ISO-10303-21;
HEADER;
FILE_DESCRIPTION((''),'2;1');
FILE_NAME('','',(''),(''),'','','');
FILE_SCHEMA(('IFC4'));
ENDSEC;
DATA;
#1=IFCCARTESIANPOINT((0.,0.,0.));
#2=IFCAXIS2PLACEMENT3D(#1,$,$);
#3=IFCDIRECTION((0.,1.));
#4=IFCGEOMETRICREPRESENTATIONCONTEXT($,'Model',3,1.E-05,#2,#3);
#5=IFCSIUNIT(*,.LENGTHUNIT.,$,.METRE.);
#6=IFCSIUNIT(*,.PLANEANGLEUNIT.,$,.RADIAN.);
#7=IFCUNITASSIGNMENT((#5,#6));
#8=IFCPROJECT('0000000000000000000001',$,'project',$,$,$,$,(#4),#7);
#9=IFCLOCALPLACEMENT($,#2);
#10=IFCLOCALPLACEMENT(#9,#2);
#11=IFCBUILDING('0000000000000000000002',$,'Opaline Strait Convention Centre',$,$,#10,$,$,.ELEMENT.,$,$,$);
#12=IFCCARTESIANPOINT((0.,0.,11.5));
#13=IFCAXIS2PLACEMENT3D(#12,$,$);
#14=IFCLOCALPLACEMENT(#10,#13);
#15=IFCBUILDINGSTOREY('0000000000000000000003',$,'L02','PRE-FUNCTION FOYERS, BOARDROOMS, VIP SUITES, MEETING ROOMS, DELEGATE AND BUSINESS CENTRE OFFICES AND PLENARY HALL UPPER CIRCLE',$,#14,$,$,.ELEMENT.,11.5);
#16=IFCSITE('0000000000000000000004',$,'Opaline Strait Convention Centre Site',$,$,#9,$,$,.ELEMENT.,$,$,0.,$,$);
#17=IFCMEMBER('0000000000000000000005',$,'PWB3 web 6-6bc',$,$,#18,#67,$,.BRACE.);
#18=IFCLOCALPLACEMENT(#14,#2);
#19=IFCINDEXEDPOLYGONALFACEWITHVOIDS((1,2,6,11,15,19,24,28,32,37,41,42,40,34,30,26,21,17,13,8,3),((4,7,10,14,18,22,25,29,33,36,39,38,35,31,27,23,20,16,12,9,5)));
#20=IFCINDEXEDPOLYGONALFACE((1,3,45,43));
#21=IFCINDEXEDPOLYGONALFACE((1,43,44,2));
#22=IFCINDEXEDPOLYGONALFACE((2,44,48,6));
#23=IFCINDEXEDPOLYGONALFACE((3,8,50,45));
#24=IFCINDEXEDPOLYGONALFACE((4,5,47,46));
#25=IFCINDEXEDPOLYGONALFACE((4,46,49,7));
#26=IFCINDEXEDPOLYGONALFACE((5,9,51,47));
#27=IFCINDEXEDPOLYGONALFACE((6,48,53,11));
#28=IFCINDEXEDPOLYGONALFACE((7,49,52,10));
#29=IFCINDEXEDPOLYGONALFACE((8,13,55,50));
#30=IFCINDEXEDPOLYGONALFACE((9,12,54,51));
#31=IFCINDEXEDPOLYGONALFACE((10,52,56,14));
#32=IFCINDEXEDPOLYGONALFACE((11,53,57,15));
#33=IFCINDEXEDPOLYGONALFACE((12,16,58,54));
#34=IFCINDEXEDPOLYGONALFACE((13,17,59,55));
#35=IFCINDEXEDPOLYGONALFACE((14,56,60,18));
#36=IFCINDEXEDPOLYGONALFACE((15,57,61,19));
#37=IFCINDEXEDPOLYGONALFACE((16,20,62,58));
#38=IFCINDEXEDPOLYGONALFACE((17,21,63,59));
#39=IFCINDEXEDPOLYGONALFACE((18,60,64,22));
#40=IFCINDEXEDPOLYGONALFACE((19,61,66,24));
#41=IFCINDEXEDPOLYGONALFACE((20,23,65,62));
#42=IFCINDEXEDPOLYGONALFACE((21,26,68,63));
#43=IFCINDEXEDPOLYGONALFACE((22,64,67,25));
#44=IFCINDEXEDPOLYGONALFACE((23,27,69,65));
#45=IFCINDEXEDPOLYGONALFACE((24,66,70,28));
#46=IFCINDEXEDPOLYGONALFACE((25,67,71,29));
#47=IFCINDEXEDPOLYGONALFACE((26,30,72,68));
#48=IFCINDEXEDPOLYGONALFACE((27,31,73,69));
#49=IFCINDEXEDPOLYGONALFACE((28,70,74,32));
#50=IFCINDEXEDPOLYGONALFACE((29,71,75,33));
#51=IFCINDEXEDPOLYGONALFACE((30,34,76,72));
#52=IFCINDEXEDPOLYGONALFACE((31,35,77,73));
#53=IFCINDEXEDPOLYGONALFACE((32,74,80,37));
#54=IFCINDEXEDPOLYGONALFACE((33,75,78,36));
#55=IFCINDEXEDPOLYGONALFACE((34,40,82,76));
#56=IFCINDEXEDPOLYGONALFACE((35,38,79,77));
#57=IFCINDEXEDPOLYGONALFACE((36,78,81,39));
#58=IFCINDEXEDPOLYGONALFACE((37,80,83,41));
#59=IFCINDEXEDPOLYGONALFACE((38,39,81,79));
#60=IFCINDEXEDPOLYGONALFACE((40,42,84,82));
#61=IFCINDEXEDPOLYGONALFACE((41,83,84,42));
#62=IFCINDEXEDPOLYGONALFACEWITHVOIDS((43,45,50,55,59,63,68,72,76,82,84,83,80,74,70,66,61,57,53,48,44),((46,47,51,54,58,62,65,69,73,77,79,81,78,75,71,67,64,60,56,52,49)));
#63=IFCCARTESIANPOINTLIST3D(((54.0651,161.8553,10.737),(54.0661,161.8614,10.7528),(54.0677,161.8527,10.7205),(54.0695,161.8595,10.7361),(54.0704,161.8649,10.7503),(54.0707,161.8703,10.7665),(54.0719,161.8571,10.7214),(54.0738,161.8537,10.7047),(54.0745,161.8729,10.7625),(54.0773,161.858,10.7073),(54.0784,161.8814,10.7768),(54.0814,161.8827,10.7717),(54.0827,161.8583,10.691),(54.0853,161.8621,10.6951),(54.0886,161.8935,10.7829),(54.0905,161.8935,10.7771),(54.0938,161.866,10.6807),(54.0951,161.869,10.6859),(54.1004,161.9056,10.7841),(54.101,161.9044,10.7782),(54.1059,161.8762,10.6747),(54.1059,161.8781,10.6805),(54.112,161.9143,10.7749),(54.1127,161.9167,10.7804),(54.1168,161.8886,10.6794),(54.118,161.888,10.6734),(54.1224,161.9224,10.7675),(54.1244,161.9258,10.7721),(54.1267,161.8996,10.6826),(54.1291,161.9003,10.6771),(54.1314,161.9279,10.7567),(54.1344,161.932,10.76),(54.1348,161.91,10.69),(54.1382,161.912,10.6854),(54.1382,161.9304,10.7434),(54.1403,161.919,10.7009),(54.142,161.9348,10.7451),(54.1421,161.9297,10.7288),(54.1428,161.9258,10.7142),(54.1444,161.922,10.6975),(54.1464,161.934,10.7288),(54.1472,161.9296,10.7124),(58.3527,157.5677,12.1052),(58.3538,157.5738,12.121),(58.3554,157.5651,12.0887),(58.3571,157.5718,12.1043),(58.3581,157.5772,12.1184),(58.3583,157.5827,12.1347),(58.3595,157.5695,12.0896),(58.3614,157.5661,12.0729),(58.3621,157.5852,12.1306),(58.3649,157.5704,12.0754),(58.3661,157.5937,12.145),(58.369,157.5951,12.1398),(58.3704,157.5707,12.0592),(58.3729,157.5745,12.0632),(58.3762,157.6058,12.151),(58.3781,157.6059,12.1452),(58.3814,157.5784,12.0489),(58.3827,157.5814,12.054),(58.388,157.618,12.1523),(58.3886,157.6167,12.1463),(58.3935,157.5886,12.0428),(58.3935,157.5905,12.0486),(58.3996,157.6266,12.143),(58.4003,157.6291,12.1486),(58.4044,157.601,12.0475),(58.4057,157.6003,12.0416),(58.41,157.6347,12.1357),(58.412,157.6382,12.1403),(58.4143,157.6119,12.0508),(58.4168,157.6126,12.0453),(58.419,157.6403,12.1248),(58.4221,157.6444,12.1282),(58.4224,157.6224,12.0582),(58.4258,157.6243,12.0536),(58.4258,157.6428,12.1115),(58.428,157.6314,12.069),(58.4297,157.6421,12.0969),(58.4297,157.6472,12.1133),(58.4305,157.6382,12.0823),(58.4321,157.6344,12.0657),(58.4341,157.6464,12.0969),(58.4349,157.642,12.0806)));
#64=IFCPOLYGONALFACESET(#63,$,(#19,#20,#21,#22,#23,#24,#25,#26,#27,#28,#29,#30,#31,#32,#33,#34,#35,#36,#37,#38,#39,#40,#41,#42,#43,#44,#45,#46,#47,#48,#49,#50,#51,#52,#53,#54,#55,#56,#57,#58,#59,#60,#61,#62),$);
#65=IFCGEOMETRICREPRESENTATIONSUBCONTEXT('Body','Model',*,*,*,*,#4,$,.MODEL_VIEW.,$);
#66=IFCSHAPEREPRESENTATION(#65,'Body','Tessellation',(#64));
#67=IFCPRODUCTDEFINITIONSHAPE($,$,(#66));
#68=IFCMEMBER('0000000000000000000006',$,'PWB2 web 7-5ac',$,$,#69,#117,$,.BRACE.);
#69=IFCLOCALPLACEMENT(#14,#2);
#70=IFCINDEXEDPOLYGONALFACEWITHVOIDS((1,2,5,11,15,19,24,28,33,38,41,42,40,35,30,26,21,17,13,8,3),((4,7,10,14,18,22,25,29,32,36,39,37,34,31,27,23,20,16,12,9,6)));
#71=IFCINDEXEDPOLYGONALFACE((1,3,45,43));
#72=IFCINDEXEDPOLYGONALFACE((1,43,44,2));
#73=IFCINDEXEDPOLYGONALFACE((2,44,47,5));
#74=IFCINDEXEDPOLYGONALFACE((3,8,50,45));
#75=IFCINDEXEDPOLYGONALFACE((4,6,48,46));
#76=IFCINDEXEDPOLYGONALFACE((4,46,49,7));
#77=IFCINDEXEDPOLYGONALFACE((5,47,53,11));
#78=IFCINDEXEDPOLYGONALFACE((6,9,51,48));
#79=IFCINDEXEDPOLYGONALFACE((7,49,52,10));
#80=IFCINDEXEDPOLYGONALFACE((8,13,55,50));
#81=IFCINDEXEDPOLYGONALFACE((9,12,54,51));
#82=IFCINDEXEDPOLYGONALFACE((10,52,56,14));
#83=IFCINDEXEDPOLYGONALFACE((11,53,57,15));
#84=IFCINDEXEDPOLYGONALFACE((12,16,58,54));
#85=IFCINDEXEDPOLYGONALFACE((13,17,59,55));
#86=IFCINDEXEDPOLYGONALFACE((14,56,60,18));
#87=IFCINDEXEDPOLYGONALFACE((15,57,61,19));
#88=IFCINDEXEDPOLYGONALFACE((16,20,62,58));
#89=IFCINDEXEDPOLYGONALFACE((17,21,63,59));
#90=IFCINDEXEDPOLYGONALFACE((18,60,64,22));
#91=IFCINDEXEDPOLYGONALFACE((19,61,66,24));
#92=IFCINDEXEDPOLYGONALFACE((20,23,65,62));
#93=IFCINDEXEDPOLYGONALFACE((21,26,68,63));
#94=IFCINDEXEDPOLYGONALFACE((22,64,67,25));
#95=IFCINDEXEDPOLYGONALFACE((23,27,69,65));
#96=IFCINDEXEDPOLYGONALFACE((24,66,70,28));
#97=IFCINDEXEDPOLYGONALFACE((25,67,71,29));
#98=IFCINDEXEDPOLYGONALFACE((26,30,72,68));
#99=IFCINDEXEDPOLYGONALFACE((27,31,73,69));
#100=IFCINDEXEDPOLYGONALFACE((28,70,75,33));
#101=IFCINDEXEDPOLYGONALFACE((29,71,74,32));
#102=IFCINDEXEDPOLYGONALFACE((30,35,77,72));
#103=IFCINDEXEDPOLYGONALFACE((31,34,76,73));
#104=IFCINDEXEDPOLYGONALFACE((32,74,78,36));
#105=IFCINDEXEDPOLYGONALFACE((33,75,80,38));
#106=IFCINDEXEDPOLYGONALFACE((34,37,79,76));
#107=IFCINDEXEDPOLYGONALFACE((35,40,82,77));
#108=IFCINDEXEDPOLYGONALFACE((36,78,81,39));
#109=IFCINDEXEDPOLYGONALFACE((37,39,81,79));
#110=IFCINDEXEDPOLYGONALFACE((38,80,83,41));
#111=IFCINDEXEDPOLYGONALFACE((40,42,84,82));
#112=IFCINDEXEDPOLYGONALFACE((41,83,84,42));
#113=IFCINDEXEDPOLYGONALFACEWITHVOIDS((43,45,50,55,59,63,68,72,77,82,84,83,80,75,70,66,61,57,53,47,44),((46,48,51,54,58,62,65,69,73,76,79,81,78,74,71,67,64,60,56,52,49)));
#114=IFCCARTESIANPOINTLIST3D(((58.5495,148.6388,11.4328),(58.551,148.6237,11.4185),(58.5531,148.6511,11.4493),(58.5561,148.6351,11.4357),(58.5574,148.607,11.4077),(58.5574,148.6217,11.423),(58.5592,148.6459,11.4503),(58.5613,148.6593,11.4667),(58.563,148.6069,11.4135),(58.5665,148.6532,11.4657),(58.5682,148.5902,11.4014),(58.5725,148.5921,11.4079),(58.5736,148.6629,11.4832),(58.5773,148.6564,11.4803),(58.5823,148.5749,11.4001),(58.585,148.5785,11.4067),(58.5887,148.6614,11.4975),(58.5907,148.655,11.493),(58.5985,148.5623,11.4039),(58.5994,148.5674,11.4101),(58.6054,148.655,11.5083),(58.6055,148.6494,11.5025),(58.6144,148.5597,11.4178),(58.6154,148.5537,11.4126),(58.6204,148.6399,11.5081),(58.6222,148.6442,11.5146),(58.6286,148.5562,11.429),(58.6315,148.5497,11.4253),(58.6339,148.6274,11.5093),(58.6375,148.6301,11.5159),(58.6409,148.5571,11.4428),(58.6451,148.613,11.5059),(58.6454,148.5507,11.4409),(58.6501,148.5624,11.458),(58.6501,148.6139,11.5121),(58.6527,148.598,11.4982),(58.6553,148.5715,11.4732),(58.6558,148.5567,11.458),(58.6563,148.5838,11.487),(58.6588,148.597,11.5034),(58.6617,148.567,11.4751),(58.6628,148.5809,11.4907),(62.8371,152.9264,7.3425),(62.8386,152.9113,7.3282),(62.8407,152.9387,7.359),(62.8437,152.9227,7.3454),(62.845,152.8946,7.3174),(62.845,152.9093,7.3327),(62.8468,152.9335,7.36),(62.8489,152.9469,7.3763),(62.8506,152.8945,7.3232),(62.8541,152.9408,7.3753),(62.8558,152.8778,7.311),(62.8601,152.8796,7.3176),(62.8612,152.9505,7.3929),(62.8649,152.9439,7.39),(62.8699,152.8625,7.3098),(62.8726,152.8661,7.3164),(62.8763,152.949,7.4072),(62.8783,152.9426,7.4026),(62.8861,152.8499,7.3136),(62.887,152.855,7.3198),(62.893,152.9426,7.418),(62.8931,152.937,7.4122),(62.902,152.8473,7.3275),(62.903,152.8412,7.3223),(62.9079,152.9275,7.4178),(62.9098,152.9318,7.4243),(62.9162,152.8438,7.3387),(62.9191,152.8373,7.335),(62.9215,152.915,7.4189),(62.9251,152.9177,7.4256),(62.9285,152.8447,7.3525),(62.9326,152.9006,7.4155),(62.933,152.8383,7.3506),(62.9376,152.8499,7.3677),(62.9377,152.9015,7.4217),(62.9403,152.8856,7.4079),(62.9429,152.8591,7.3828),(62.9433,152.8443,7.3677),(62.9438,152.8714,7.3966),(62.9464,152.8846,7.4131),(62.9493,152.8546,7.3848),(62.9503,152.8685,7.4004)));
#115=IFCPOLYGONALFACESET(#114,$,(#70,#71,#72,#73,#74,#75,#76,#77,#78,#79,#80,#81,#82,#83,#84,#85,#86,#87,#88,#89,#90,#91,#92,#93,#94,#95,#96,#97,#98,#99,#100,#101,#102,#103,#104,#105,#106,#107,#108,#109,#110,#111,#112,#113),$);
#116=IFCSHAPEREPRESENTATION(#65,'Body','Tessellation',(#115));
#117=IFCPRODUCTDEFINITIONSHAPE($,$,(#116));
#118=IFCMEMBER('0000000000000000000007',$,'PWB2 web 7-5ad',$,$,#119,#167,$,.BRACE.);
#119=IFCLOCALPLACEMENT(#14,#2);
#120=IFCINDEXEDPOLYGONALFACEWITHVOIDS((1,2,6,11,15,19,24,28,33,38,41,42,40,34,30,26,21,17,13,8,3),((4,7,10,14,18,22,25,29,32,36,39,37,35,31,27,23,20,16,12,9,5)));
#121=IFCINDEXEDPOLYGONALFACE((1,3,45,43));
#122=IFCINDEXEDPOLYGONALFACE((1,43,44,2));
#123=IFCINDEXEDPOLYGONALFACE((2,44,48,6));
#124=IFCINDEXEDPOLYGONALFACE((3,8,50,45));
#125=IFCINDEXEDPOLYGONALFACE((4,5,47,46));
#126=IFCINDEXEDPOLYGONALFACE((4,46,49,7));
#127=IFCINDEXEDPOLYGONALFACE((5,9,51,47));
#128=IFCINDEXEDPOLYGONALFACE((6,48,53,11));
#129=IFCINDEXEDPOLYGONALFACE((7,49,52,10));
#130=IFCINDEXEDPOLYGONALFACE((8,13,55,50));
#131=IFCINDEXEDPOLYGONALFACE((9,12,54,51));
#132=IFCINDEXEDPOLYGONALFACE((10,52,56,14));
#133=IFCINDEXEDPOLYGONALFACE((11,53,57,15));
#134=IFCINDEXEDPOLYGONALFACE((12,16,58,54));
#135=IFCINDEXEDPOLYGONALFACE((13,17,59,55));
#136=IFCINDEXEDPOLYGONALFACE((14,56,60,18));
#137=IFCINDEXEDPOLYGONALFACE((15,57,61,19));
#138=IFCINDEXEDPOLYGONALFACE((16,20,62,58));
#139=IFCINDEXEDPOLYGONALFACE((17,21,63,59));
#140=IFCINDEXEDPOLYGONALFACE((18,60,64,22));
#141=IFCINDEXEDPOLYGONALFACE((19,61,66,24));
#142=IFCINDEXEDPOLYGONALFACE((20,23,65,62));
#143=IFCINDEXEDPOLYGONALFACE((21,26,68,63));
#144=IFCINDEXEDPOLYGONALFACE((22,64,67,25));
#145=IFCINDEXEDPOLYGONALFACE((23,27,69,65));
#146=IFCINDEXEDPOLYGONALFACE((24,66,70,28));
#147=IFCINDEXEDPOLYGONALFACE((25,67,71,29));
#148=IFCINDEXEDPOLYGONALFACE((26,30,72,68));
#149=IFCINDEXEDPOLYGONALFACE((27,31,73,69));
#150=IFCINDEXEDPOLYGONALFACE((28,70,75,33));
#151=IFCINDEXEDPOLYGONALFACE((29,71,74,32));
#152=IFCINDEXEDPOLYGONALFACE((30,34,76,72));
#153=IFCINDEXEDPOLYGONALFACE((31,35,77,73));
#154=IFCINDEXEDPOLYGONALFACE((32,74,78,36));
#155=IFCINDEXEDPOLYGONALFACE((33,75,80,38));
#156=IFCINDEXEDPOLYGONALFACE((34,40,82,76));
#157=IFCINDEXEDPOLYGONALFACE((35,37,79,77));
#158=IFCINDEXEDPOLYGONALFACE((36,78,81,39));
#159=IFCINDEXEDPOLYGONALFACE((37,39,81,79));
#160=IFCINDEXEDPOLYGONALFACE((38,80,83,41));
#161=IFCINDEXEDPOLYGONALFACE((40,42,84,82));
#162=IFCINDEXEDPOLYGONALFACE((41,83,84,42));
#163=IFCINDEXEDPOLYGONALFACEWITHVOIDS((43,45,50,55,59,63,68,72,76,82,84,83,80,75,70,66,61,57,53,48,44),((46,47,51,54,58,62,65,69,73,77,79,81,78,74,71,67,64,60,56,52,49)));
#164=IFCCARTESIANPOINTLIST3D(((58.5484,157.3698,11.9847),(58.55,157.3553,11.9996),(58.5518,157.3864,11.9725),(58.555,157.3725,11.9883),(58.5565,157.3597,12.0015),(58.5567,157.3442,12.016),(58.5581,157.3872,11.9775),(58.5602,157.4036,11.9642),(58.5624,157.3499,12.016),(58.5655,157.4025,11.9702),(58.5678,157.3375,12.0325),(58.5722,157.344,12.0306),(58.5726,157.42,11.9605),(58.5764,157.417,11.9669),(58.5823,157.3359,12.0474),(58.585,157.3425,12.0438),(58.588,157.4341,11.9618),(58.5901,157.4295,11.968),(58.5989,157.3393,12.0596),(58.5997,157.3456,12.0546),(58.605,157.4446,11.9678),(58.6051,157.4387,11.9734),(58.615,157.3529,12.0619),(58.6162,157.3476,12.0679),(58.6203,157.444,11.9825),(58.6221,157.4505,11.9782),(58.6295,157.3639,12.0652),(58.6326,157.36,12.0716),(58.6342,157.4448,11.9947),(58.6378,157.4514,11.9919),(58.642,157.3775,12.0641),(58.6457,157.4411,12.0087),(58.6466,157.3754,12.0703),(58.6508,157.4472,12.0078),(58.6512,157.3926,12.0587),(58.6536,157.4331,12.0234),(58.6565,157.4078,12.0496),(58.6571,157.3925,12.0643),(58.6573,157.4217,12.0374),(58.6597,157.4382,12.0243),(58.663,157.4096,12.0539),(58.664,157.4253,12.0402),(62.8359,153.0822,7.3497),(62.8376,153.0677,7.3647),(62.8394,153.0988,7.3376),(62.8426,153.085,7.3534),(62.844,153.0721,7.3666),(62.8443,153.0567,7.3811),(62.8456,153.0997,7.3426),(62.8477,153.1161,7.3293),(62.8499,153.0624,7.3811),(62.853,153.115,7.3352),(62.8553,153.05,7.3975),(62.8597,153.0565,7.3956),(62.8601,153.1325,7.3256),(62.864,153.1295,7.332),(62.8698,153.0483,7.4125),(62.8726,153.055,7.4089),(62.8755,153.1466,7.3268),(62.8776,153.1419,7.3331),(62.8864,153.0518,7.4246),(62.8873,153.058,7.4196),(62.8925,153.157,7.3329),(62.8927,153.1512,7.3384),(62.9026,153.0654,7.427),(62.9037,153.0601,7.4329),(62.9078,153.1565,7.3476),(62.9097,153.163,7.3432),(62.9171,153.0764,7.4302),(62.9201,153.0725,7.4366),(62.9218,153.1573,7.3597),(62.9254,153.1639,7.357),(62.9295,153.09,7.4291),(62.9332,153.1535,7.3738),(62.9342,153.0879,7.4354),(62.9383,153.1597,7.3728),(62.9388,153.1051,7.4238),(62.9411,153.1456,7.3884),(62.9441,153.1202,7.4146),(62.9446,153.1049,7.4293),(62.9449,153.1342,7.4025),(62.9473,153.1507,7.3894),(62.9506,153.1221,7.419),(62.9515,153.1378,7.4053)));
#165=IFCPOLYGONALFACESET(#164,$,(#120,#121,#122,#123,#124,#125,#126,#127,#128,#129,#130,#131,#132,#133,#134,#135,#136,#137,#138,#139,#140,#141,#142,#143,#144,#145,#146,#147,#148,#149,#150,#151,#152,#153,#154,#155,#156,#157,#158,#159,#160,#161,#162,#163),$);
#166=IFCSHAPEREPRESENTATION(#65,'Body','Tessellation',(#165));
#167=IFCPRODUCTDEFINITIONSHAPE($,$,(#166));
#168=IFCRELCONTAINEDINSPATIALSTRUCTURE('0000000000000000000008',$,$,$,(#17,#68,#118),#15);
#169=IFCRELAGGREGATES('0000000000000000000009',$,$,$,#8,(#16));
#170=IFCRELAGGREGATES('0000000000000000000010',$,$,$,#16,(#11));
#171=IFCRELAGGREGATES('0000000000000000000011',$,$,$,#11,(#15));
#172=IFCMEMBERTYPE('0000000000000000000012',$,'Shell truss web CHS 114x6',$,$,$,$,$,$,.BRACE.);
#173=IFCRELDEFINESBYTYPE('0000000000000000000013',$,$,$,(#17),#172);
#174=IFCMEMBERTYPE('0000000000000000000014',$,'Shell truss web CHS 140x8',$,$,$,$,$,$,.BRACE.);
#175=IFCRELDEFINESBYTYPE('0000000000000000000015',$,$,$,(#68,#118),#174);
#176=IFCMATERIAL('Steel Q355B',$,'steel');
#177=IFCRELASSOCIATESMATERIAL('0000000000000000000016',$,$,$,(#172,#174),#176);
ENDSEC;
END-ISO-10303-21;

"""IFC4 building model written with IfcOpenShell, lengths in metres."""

from ifc_helpers import new_model, si_unit, direction, frame, origin, origin_2d, place, context, subcontext, project, spatial, hollow_circle, extrude, material, material_profile, profile_set, type_object, element, save


model = new_model("IFC4")

# Units and contexts
model_context = context("Model", 3, precision=1e-05, world=origin(), true_north=direction((0.0, 1.0)))
body_context = subcontext(model_context, "Body", "Model", "MODEL_VIEW")
ifc_project = project(units=[si_unit("LENGTHUNIT", "METRE"), si_unit("PLANEANGLEUNIT", "RADIAN")], contexts=[model_context])

# Site, building, storey
site_placement = place(None, origin())
site = spatial("IfcSite", under=ifc_project, at=site_placement, Name="Opaline Strait Convention Centre Site", CompositionType="ELEMENT", RefElevation=0.0)
building_placement = place(site_placement, origin())
building = spatial("IfcBuilding", under=site, at=building_placement, Name="Opaline Strait Convention Centre", CompositionType="ELEMENT")
storey_placement = place(building_placement, frame((0.0, 0.0, 11.5)))
storey = spatial("IfcBuildingStorey", under=building, at=storey_placement, Name="L02", Description="PRE-FUNCTION FOYERS, BOARDROOMS, VIP SUITES, MEETING ROOMS, DELEGATE AND BUSINESS CENTRE OFFICES AND PLENARY HALL UPPER CIRCLE", CompositionType="ELEMENT", Elevation=11.5)

# Members
ifc_material_1 = material(Name="Steel Q355B", Category="steel")
ifc_material_profile_1 = material_profile(ifc_material_1, hollow_circle(Radius=0.0569, WallThickness=0.0061, at=origin_2d()), Name="CHS 114x6")
ifc_profile_set_1 = profile_set([ifc_material_profile_1], Name="Steel Q355B")
member_type_1 = type_object("IfcMemberType", Name="Shell truss web CHS 114x6", PredefinedType="BRACE", material=ifc_profile_set_1)
member_1_placement = place(storey_placement, frame((54.1062, 161.8938, 10.7288), z_axis=(0.689766, -0.689766, 0.220103), x_axis=(0.707107, 0.707107, 0.0)))
element("IfcMember", 1, at=member_1_placement, inside=storey, type_object=member_type_1, Name="PWB3 web 6-6bc", PredefinedType="BRACE", context=body_context, shape_type="SweptSolid", body=[
    extrude(hollow_circle(Radius=0.0569, WallThickness=0.0061, at=origin_2d()), origin(), (0.0, 0.0, 1.0), 6.2161),
])
ifc_material_profile_2 = material_profile(ifc_material_1, hollow_circle(Radius=0.0701, WallThickness=0.0081, at=origin_2d()), Name="CHS 140x8")
ifc_profile_set_2 = profile_set([ifc_material_profile_2], Name="Steel Q355B")
member_type_2 = type_object("IfcMemberType", Name="Shell truss web CHS 140x8", PredefinedType="BRACE", material=ifc_profile_set_2)
member_2_placement = place(storey_placement, frame((62.8938, 152.8938, 7.3677), z_axis=(-0.5862, -0.5862, 0.55923), x_axis=(0.707107, -0.707107, 0.0)))
element("IfcMember", 2, at=member_2_placement, inside=storey, type_object=member_type_2, Name="PWB2 web 7-5ac", PredefinedType="BRACE", context=body_context, shape_type="SweptSolid", body=[
    extrude(hollow_circle(Radius=0.0701, WallThickness=0.0081, at=origin_2d()), origin(), (0.0, 0.0, 1.0), 7.3142),
])
member_3_placement = place(storey_placement, frame((62.8938, 153.1062, 7.3811), z_axis=(-0.561778, 0.561778, 0.607298), x_axis=(-0.707107, -0.707107, 0.0)))
element("IfcMember", 3, at=member_3_placement, inside=storey, type_object=member_type_2, Name="PWB2 web 7-5ad", PredefinedType="BRACE", context=body_context, shape_type="SweptSolid", body=[
    extrude(hollow_circle(Radius=0.0701, WallThickness=0.0081, at=origin_2d()), origin(), (0.0, 0.0, 1.0), 7.6321),
])

save(model, "model.ifc")
